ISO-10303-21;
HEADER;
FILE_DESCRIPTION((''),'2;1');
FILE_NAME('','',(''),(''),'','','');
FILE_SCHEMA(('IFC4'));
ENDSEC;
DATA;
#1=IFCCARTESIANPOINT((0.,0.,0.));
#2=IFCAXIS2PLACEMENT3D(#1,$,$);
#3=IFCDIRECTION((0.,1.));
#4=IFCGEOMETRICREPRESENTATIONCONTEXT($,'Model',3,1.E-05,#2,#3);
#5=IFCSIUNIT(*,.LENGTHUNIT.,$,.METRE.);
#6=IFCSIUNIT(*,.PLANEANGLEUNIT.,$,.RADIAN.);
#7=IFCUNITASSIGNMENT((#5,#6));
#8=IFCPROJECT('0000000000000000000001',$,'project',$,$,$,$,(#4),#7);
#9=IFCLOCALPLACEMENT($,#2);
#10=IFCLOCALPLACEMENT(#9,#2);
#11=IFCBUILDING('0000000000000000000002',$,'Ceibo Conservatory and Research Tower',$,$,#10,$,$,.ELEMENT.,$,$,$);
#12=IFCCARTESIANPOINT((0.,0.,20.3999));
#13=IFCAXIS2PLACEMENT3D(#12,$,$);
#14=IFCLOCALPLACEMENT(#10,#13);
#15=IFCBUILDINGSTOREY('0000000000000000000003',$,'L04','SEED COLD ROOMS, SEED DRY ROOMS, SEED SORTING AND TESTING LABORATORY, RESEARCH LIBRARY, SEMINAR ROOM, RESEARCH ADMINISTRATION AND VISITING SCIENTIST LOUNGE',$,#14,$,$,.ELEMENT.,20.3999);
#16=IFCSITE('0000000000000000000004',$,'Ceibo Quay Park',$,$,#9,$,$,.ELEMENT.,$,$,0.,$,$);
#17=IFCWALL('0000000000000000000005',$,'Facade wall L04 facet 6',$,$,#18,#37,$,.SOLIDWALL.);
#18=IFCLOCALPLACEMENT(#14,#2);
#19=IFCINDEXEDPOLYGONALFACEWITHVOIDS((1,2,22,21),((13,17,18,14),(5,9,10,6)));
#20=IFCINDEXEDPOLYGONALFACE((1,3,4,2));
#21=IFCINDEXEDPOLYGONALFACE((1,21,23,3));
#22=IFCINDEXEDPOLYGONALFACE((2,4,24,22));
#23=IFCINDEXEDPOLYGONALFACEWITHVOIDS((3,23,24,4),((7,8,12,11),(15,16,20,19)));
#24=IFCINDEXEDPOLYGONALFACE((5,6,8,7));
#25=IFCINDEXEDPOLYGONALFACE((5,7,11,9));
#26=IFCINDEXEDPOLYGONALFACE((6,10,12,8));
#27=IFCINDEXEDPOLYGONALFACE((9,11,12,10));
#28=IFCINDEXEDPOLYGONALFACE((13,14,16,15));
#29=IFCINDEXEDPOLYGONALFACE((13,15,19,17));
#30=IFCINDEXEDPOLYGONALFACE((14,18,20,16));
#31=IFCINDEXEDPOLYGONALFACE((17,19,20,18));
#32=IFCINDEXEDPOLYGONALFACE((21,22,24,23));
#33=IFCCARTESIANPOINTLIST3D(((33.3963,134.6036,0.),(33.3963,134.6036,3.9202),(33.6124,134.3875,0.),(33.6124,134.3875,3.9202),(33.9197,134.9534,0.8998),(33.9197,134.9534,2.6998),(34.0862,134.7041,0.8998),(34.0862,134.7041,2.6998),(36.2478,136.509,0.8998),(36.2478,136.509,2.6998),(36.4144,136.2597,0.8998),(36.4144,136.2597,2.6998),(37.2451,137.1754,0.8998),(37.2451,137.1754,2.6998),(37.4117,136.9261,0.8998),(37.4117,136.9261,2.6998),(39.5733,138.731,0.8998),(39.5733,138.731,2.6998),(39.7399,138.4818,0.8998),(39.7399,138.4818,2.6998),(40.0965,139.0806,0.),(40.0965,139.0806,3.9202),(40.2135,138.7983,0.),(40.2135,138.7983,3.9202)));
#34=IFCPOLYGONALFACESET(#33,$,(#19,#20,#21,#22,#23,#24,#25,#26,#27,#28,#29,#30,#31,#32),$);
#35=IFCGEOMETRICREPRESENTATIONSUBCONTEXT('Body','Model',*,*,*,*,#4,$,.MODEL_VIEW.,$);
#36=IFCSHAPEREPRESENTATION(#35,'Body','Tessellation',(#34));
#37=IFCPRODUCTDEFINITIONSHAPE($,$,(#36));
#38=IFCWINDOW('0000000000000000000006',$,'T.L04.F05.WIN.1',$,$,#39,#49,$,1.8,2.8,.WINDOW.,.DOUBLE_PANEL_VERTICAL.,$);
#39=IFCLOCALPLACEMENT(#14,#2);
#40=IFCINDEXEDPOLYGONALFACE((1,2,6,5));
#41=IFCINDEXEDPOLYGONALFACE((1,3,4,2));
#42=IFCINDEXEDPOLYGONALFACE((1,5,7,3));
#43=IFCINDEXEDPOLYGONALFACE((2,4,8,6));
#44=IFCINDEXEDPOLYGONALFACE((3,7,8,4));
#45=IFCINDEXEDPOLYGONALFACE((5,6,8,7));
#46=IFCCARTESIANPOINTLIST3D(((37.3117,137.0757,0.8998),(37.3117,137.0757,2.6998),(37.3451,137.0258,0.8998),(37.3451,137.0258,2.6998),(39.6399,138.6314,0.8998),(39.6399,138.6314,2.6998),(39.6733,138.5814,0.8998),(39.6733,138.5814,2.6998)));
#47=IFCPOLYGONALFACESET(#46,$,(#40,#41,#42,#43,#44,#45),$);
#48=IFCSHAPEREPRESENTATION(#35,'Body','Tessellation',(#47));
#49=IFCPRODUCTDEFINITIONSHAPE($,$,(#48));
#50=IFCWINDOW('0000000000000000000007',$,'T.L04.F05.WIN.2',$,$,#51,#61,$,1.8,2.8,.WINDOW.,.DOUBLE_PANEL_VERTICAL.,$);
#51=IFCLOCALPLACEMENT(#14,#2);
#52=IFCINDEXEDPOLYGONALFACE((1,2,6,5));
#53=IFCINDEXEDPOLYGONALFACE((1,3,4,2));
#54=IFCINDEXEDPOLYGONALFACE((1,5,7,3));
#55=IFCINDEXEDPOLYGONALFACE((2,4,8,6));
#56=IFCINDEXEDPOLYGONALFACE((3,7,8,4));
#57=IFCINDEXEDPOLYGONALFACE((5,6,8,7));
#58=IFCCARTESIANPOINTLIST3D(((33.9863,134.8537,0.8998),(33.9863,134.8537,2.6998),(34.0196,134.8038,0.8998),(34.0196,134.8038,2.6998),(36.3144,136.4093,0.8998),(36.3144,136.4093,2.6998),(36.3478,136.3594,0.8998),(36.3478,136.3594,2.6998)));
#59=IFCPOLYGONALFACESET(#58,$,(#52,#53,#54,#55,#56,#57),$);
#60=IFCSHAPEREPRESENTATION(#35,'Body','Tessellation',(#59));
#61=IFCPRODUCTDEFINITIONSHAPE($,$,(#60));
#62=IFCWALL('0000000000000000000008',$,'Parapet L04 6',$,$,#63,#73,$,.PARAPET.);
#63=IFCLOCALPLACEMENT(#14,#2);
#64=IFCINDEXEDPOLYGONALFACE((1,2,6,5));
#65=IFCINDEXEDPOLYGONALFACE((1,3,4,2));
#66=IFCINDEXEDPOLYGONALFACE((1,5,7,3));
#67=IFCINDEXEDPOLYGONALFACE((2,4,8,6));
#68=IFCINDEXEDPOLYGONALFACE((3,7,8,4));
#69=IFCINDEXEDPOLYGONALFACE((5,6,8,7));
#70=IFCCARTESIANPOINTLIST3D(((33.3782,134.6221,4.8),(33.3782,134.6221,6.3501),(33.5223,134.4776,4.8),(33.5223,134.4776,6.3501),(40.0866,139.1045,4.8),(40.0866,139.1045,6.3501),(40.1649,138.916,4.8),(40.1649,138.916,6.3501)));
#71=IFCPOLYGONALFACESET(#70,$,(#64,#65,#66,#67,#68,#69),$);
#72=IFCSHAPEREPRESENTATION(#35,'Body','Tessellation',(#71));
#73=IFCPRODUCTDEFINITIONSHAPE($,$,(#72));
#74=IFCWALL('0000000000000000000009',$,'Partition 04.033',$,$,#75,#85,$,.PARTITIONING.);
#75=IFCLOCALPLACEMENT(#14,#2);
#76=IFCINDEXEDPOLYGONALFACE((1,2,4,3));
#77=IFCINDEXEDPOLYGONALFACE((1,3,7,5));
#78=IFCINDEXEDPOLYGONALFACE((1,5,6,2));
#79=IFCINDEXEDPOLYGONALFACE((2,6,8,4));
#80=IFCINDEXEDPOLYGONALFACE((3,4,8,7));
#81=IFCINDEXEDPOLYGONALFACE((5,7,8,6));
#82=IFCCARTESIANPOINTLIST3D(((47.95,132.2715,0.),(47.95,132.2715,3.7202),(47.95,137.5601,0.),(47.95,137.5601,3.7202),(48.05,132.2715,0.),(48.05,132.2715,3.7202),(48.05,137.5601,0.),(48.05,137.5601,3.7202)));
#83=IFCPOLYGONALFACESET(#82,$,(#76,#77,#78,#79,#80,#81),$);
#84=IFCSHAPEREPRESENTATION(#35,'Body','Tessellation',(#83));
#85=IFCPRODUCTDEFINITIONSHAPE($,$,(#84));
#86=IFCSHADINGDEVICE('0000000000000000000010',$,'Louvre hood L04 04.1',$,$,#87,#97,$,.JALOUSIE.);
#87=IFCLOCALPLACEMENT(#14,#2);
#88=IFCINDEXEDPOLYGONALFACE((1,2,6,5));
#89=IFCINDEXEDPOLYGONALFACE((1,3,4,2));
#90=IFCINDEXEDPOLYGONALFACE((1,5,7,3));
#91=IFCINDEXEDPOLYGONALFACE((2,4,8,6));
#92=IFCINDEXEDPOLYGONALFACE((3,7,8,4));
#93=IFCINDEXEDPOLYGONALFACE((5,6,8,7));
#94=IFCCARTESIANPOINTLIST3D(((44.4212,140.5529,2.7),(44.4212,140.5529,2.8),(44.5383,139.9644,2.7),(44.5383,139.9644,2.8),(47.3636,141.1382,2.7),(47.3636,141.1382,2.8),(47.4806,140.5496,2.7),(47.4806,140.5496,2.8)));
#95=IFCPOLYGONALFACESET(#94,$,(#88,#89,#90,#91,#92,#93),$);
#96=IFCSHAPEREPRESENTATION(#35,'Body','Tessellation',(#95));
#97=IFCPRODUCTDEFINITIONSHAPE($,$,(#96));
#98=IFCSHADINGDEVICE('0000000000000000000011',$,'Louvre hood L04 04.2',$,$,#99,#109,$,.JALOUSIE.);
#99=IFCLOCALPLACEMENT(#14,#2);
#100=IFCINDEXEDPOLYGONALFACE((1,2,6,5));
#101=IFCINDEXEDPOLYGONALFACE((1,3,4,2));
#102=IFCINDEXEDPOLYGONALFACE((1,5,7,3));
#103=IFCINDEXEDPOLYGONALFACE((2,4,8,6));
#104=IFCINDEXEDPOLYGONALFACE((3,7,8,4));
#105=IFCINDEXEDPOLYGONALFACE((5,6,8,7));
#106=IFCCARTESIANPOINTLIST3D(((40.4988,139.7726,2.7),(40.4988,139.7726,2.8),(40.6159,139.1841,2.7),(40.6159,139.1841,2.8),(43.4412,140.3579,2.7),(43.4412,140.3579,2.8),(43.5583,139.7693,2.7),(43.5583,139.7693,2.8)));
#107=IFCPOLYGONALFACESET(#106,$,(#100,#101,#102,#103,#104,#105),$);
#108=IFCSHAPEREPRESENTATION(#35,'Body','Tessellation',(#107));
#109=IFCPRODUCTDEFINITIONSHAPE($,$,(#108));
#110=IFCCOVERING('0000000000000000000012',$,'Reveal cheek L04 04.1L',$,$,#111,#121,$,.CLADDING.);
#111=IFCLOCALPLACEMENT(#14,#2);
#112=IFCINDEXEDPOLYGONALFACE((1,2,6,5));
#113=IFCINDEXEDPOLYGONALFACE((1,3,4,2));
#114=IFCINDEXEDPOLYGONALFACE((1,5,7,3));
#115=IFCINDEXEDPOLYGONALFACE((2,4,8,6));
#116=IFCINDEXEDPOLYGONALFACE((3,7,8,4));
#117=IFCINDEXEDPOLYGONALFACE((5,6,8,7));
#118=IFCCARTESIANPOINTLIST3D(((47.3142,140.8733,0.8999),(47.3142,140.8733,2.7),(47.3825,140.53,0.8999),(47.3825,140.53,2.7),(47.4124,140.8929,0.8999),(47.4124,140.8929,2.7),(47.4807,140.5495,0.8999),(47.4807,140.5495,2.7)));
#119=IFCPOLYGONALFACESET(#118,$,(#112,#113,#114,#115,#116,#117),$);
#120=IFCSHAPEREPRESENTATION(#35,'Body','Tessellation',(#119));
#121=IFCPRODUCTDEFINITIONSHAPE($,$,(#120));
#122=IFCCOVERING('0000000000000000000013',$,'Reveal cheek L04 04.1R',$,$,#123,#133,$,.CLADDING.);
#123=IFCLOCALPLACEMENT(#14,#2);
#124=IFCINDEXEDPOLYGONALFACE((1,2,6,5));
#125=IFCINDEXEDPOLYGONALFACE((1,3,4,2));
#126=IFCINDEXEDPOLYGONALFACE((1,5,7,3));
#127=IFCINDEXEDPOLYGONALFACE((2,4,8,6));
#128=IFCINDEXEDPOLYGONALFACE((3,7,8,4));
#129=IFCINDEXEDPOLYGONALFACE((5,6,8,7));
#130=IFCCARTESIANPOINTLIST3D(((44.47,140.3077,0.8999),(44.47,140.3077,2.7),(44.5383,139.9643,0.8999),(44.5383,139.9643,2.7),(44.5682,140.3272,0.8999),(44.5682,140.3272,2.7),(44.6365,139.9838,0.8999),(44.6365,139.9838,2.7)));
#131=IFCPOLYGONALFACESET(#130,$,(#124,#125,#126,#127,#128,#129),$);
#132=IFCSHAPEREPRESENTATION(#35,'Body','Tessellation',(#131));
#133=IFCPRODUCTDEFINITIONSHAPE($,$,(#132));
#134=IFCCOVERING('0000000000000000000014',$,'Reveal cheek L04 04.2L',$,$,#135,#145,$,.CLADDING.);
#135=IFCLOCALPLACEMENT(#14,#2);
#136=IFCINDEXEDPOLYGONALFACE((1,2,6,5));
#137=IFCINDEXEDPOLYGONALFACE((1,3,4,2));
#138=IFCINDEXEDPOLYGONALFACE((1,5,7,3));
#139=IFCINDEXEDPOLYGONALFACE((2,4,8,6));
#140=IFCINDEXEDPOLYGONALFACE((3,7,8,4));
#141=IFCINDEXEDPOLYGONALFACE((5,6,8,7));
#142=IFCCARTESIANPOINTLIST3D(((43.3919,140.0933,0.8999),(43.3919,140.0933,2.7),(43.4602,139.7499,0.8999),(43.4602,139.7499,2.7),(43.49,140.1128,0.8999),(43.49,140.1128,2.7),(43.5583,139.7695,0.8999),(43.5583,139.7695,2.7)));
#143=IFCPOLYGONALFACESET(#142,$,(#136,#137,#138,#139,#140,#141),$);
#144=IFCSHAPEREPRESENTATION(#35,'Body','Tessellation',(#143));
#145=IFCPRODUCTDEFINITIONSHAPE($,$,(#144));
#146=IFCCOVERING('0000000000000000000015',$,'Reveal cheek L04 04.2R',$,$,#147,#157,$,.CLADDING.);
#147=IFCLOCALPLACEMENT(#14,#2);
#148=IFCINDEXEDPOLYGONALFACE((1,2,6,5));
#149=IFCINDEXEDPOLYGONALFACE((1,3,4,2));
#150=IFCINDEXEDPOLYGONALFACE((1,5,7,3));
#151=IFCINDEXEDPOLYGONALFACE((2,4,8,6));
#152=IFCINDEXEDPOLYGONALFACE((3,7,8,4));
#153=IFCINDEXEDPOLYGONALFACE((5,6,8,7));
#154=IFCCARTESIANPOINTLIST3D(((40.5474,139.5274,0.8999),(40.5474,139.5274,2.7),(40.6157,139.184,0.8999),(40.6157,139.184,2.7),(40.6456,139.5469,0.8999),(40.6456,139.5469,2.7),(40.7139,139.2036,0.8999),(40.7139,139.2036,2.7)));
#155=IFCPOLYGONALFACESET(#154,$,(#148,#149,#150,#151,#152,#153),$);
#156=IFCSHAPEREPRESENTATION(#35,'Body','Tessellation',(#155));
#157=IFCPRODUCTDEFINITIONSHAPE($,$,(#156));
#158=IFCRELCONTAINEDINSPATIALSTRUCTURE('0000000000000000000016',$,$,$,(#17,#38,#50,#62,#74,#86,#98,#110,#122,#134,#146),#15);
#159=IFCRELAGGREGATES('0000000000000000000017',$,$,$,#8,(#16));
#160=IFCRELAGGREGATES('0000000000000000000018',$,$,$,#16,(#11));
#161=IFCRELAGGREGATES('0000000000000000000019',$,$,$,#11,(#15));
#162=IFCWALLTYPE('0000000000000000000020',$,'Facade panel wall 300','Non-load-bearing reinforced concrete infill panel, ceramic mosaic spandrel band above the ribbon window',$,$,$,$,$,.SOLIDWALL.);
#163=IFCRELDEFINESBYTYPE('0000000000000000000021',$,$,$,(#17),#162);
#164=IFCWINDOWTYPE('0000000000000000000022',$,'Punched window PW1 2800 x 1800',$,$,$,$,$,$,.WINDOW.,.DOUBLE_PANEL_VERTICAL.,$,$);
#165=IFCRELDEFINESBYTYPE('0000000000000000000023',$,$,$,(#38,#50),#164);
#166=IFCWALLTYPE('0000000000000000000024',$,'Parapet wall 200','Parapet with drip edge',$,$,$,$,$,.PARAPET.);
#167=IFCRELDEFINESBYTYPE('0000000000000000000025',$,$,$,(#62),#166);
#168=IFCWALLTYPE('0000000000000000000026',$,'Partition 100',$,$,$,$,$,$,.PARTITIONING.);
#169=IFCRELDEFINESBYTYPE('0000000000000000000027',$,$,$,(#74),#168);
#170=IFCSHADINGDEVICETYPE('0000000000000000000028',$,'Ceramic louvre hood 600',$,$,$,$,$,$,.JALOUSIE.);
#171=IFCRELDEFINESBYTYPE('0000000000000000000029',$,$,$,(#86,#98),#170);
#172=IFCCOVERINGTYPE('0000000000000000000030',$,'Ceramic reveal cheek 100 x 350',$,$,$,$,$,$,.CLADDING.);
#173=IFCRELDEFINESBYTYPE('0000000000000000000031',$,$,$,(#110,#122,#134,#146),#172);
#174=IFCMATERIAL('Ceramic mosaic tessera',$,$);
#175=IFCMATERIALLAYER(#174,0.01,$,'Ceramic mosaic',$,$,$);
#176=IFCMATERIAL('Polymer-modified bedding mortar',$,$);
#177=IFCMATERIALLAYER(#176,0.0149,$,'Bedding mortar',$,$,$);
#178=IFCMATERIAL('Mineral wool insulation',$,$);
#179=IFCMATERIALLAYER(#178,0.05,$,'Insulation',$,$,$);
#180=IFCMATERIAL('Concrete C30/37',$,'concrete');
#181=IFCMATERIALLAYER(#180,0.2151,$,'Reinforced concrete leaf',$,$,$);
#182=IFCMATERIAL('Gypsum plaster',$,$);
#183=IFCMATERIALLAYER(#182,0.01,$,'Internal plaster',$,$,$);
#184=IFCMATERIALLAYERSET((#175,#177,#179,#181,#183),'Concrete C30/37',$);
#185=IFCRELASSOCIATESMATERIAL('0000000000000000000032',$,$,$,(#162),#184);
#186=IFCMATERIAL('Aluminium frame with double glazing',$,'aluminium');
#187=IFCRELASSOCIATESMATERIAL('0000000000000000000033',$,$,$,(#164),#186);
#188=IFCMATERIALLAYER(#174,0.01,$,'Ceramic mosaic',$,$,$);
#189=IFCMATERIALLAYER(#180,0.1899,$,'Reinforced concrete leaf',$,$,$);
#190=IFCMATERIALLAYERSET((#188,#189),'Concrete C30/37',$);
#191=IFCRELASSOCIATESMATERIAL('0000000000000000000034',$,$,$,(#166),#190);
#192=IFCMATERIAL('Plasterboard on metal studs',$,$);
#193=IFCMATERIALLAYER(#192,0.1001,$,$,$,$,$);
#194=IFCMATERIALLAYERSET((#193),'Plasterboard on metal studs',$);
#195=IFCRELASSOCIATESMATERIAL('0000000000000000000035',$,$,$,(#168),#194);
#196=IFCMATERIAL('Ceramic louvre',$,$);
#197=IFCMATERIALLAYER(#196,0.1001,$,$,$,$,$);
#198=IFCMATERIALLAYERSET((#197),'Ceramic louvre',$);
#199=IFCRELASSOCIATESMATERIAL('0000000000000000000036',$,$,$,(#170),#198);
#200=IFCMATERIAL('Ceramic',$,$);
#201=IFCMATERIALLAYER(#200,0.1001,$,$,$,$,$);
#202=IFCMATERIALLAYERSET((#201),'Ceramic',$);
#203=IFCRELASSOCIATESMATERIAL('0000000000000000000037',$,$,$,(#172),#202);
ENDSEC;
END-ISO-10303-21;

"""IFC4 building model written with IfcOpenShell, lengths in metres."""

from ifc_helpers import new_model, si_unit, direction, frame, frame_2d, origin, origin_2d, place, context, subcontext, project, spatial, polyline, rectangle, outline, extrude, material, layer, layer_set, type_object, element, fill, save


model = new_model("IFC4")

# Units and contexts
model_context = context("Model", 3, precision=1e-05, world=origin(), true_north=direction((0.0, 1.0)))
body_context = subcontext(model_context, "Body", "Model", "MODEL_VIEW")
ifc_project = project(units=[si_unit("LENGTHUNIT", "METRE"), si_unit("PLANEANGLEUNIT", "RADIAN")], contexts=[model_context])

# Site, building, storey
site_placement = place(None, origin())
site = spatial("IfcSite", under=ifc_project, at=site_placement, Name="Ceibo Quay Park", CompositionType="ELEMENT", RefElevation=0.0)
building_placement = place(site_placement, origin())
building = spatial("IfcBuilding", under=site, at=building_placement, Name="Ceibo Conservatory and Research Tower", CompositionType="ELEMENT")
storey_placement = place(building_placement, frame((0.0, 0.0, 20.3999)))
storey = spatial("IfcBuildingStorey", under=building, at=storey_placement, Name="L04", Description="SEED COLD ROOMS, SEED DRY ROOMS, SEED SORTING AND TESTING LABORATORY, RESEARCH LIBRARY, SEMINAR ROOM, RESEARCH ADMINISTRATION AND VISITING SCIENTIST LOUNGE", CompositionType="ELEMENT", Elevation=20.3999)

# Shared definitions
ifc_material_1 = material(Name="Plasterboard on metal studs")

# Wall, openings, windows
ifc_material_2 = material(Name="Ceramic mosaic tessera")
ifc_layer_1 = layer(ifc_material_2, 0.01, Name="Ceramic mosaic")
ifc_material_3 = material(Name="Polymer-modified bedding mortar")
ifc_layer_2 = layer(ifc_material_3, 0.0149, Name="Bedding mortar")
ifc_material_4 = material(Name="Mineral wool insulation")
ifc_layer_3 = layer(ifc_material_4, 0.05, Name="Insulation")
ifc_material_5 = material(Name="Concrete C30/37", Category="concrete")
ifc_layer_4 = layer(ifc_material_5, 0.2151, Name="Reinforced concrete leaf")
ifc_material_6 = material(Name="Gypsum plaster")
ifc_layer_5 = layer(ifc_material_6, 0.01, Name="Internal plaster")
ifc_layer_set_1 = layer_set([ifc_layer_1, ifc_layer_2, ifc_layer_3, ifc_layer_4, ifc_layer_5], Name="Concrete C30/37")
wall_type_1 = type_object("IfcWallType", Name="Facade panel wall 300", Description="Non-load-bearing reinforced concrete infill panel, ceramic mosaic spandrel band above the ribbon window", PredefinedType="SOLIDWALL", material=ifc_layer_set_1)
wall_1_placement = place(storey_placement, frame((40.155, 138.9395, 0.0), z_axis=(0.0, 0.0, 1.0), x_axis=(-0.831468, -0.555573, 0.0)))
wall_1 = element("IfcWall", 1, at=wall_1_placement, inside=storey, type_object=wall_type_1, Name="Facade wall L04 facet 6", PredefinedType="SOLIDWALL", context=body_context, shape_type="SweptSolid", body=[
    extrude(outline(polyline([(-0.0298, -0.1499), (8.0286, -0.1499), (7.969, 0.1499), (0.0298, 0.1499), (-0.0298, -0.1499)])), origin(), (0.0, 0.0, 1.0), 3.9202),
])
opening_1_placement = place(wall_1_placement, frame((0.5996, 0.0, 0.8999)))
opening_1 = element("IfcOpeningElement", 2, at=opening_1_placement, cuts=wall_1, PredefinedType="OPENING", context=body_context, shape_type="SweptSolid", body=[
    extrude(rectangle(XDim=2.8, YDim=1.8, at=frame_2d((1.3999, 0.8999))), frame((0.0, 0.1599, 0.0), z_axis=(0.0, -1.0, 0.0), x_axis=(1.0, 0.0, 0.0)), (0.0, 0.0, 1.0), 0.3201),
])
opening_2_placement = place(wall_1_placement, frame((4.5991, 0.0, 0.8999)))
opening_2 = element("IfcOpeningElement", 3, at=opening_2_placement, cuts=wall_1, PredefinedType="OPENING", context=body_context, shape_type="SweptSolid", body=[
    extrude(rectangle(XDim=2.8, YDim=1.8, at=frame_2d((1.3999, 0.8999))), frame((0.0, 0.1599, 0.0), z_axis=(0.0, -1.0, 0.0), x_axis=(1.0, 0.0, 0.0)), (0.0, 0.0, 1.0), 0.3201),
])
ifc_material_7 = material(Name="Aluminium frame with double glazing", Category="aluminium")
window_type = type_object("IfcWindowType", Name="Punched window PW1 2800 x 1800", PartitioningType="DOUBLE_PANEL_VERTICAL", PredefinedType="WINDOW", material=ifc_material_7)
window_1_placement = place(opening_1_placement, origin())
window_1 = element("IfcWindow", 4, at=window_1_placement, inside=storey, type_object=window_type, Name="T.L04.F05.WIN.1", OverallHeight=1.8, OverallWidth=2.8, PartitioningType="DOUBLE_PANEL_VERTICAL", PredefinedType="WINDOW", context=body_context, shape_type="SweptSolid", body=[
    extrude(rectangle(XDim=2.8, YDim=1.8, at=frame_2d((1.3999, 0.8999))), frame((0.0, 0.03, 0.0), z_axis=(0.0, -1.0, 0.0), x_axis=(1.0, 0.0, 0.0)), (0.0, 0.0, 1.0), 0.0601),
])
fill(opening_1, window_1)
window_2_placement = place(opening_2_placement, origin())
window_2 = element("IfcWindow", 5, at=window_2_placement, inside=storey, type_object=window_type, Name="T.L04.F05.WIN.2", OverallHeight=1.8, OverallWidth=2.8, PartitioningType="DOUBLE_PANEL_VERTICAL", PredefinedType="WINDOW", context=body_context, shape_type="SweptSolid", body=[
    extrude(rectangle(XDim=2.8, YDim=1.8, at=frame_2d((1.3999, 0.8999))), frame((0.0, 0.03, 0.0), z_axis=(0.0, -1.0, 0.0), x_axis=(1.0, 0.0, 0.0)), (0.0, 0.0, 1.0), 0.0601),
])
fill(opening_2, window_2)

# Walls
ifc_layer_6 = layer(ifc_material_2, 0.01, Name="Ceramic mosaic")
ifc_layer_7 = layer(ifc_material_5, 0.1899, Name="Reinforced concrete leaf")
ifc_layer_set_2 = layer_set([ifc_layer_6, ifc_layer_7], Name="Concrete C30/37")
wall_type_2 = type_object("IfcWallType", Name="Parapet wall 200", Description="Parapet with drip edge", PredefinedType="PARAPET", material=ifc_layer_set_2)
wall_2_placement = place(storey_placement, frame((40.1257, 139.0103, 4.8), z_axis=(0.0, 0.0, 1.0), x_axis=(-0.83147, -0.55557, 0.0)))
element("IfcWall", 6, at=wall_2_placement, inside=storey, type_object=wall_type_2, Name="Parapet L04 6", PredefinedType="PARAPET", context=body_context, shape_type="SweptSolid", body=[
    extrude(outline(polyline([(-0.0198, -0.1001), (8.0483, -0.1001), (8.0088, 0.1001), (0.0198, 0.1001), (-0.0198, -0.1001)])), origin(), (0.0, 0.0, 1.0), 1.55),
])
ifc_layer_8 = layer(ifc_material_1, 0.1001)
ifc_layer_set_3 = layer_set([ifc_layer_8], Name="Plasterboard on metal studs")
wall_type_3 = type_object("IfcWallType", Name="Partition 100", PredefinedType="PARTITIONING", material=ifc_layer_set_3)
wall_3_placement = place(storey_placement, frame((48.0, 132.2715, 0.0), z_axis=(0.0, 0.0, 1.0), x_axis=(0.0, 1.0, 0.0)))
element("IfcWall", 7, at=wall_3_placement, inside=storey, type_object=wall_type_3, Name="Partition 04.033", PredefinedType="PARTITIONING", context=body_context, shape_type="SweptSolid", body=[
    extrude(rectangle(XDim=5.2886, YDim=0.1001, at=frame_2d((2.6443, 0.0))), origin(), (0.0, 0.0, 1.0), 3.7202),
])

# Shading devices
ifc_material_8 = material(Name="Ceramic louvre")
ifc_layer_9 = layer(ifc_material_8, 0.1001)
ifc_layer_set_4 = layer_set([ifc_layer_9], Name="Ceramic louvre")
shading_device_type = type_object("IfcShadingDeviceType", Name="Ceramic louvre hood 600", PredefinedType="JALOUSIE", material=ifc_layer_set_4)
for number, where, z_axis, x_axis, name in (
    (8, (45.9509, 140.5513, 2.7), (0.0, 0.0, 1.0), (-0.980785, -0.19509, 0.0), "Louvre hood L04 04.1"),
    (9, (42.0286, 139.771, 2.7), (0.0, 0.0, 1.0), (-0.980785, -0.19509, 0.0), "Louvre hood L04 04.2"),
):
    element("IfcShadingDevice", number, at=place(storey_placement, frame(where, z_axis=z_axis, x_axis=x_axis)), inside=storey, type_object=shading_device_type, Name=name, PredefinedType="JALOUSIE", context=body_context, shape_type="SweptSolid", body=[
        extrude(rectangle(XDim=3.0, YDim=0.6001, at=origin_2d()), origin(), (0.0, 0.0, 1.0), 0.1001),
    ])

# Coverings
ifc_material_9 = material(Name="Ceramic")
ifc_layer_10 = layer(ifc_material_9, 0.1001)
ifc_layer_set_5 = layer_set([ifc_layer_10], Name="Ceramic")
covering_type = type_object("IfcCoveringType", Name="Ceramic reveal cheek 100 x 350", PredefinedType="CLADDING", material=ifc_layer_set_5)
for number, where, z_axis, x_axis, name in (
    (10, (47.3975, 140.7114, 0.8999), (0.0, 0.0, 1.0), (-0.980785, -0.19509, 0.0), "Reveal cheek L04 04.1L"),
    (11, (44.5532, 140.1458, 0.8999), (0.0, 0.0, 1.0), (-0.980785, -0.19509, 0.0), "Reveal cheek L04 04.1R"),
    (12, (43.4751, 139.9314, 0.8999), (0.0, 0.0, 1.0), (-0.980785, -0.19509, 0.0), "Reveal cheek L04 04.2L"),
    (13, (40.6306, 139.3655, 0.8999), (0.0, 0.0, 1.0), (-0.980785, -0.19509, 0.0), "Reveal cheek L04 04.2R"),
):
    element("IfcCovering", number, at=place(storey_placement, frame(where, z_axis=z_axis, x_axis=x_axis)), inside=storey, type_object=covering_type, Name=name, PredefinedType="CLADDING", context=body_context, shape_type="SweptSolid", body=[
        extrude(rectangle(XDim=0.1001, YDim=0.3501, at=origin_2d()), origin(), (0.0, 0.0, 1.0), 1.8),
    ])

save(model, "model.ifc")
